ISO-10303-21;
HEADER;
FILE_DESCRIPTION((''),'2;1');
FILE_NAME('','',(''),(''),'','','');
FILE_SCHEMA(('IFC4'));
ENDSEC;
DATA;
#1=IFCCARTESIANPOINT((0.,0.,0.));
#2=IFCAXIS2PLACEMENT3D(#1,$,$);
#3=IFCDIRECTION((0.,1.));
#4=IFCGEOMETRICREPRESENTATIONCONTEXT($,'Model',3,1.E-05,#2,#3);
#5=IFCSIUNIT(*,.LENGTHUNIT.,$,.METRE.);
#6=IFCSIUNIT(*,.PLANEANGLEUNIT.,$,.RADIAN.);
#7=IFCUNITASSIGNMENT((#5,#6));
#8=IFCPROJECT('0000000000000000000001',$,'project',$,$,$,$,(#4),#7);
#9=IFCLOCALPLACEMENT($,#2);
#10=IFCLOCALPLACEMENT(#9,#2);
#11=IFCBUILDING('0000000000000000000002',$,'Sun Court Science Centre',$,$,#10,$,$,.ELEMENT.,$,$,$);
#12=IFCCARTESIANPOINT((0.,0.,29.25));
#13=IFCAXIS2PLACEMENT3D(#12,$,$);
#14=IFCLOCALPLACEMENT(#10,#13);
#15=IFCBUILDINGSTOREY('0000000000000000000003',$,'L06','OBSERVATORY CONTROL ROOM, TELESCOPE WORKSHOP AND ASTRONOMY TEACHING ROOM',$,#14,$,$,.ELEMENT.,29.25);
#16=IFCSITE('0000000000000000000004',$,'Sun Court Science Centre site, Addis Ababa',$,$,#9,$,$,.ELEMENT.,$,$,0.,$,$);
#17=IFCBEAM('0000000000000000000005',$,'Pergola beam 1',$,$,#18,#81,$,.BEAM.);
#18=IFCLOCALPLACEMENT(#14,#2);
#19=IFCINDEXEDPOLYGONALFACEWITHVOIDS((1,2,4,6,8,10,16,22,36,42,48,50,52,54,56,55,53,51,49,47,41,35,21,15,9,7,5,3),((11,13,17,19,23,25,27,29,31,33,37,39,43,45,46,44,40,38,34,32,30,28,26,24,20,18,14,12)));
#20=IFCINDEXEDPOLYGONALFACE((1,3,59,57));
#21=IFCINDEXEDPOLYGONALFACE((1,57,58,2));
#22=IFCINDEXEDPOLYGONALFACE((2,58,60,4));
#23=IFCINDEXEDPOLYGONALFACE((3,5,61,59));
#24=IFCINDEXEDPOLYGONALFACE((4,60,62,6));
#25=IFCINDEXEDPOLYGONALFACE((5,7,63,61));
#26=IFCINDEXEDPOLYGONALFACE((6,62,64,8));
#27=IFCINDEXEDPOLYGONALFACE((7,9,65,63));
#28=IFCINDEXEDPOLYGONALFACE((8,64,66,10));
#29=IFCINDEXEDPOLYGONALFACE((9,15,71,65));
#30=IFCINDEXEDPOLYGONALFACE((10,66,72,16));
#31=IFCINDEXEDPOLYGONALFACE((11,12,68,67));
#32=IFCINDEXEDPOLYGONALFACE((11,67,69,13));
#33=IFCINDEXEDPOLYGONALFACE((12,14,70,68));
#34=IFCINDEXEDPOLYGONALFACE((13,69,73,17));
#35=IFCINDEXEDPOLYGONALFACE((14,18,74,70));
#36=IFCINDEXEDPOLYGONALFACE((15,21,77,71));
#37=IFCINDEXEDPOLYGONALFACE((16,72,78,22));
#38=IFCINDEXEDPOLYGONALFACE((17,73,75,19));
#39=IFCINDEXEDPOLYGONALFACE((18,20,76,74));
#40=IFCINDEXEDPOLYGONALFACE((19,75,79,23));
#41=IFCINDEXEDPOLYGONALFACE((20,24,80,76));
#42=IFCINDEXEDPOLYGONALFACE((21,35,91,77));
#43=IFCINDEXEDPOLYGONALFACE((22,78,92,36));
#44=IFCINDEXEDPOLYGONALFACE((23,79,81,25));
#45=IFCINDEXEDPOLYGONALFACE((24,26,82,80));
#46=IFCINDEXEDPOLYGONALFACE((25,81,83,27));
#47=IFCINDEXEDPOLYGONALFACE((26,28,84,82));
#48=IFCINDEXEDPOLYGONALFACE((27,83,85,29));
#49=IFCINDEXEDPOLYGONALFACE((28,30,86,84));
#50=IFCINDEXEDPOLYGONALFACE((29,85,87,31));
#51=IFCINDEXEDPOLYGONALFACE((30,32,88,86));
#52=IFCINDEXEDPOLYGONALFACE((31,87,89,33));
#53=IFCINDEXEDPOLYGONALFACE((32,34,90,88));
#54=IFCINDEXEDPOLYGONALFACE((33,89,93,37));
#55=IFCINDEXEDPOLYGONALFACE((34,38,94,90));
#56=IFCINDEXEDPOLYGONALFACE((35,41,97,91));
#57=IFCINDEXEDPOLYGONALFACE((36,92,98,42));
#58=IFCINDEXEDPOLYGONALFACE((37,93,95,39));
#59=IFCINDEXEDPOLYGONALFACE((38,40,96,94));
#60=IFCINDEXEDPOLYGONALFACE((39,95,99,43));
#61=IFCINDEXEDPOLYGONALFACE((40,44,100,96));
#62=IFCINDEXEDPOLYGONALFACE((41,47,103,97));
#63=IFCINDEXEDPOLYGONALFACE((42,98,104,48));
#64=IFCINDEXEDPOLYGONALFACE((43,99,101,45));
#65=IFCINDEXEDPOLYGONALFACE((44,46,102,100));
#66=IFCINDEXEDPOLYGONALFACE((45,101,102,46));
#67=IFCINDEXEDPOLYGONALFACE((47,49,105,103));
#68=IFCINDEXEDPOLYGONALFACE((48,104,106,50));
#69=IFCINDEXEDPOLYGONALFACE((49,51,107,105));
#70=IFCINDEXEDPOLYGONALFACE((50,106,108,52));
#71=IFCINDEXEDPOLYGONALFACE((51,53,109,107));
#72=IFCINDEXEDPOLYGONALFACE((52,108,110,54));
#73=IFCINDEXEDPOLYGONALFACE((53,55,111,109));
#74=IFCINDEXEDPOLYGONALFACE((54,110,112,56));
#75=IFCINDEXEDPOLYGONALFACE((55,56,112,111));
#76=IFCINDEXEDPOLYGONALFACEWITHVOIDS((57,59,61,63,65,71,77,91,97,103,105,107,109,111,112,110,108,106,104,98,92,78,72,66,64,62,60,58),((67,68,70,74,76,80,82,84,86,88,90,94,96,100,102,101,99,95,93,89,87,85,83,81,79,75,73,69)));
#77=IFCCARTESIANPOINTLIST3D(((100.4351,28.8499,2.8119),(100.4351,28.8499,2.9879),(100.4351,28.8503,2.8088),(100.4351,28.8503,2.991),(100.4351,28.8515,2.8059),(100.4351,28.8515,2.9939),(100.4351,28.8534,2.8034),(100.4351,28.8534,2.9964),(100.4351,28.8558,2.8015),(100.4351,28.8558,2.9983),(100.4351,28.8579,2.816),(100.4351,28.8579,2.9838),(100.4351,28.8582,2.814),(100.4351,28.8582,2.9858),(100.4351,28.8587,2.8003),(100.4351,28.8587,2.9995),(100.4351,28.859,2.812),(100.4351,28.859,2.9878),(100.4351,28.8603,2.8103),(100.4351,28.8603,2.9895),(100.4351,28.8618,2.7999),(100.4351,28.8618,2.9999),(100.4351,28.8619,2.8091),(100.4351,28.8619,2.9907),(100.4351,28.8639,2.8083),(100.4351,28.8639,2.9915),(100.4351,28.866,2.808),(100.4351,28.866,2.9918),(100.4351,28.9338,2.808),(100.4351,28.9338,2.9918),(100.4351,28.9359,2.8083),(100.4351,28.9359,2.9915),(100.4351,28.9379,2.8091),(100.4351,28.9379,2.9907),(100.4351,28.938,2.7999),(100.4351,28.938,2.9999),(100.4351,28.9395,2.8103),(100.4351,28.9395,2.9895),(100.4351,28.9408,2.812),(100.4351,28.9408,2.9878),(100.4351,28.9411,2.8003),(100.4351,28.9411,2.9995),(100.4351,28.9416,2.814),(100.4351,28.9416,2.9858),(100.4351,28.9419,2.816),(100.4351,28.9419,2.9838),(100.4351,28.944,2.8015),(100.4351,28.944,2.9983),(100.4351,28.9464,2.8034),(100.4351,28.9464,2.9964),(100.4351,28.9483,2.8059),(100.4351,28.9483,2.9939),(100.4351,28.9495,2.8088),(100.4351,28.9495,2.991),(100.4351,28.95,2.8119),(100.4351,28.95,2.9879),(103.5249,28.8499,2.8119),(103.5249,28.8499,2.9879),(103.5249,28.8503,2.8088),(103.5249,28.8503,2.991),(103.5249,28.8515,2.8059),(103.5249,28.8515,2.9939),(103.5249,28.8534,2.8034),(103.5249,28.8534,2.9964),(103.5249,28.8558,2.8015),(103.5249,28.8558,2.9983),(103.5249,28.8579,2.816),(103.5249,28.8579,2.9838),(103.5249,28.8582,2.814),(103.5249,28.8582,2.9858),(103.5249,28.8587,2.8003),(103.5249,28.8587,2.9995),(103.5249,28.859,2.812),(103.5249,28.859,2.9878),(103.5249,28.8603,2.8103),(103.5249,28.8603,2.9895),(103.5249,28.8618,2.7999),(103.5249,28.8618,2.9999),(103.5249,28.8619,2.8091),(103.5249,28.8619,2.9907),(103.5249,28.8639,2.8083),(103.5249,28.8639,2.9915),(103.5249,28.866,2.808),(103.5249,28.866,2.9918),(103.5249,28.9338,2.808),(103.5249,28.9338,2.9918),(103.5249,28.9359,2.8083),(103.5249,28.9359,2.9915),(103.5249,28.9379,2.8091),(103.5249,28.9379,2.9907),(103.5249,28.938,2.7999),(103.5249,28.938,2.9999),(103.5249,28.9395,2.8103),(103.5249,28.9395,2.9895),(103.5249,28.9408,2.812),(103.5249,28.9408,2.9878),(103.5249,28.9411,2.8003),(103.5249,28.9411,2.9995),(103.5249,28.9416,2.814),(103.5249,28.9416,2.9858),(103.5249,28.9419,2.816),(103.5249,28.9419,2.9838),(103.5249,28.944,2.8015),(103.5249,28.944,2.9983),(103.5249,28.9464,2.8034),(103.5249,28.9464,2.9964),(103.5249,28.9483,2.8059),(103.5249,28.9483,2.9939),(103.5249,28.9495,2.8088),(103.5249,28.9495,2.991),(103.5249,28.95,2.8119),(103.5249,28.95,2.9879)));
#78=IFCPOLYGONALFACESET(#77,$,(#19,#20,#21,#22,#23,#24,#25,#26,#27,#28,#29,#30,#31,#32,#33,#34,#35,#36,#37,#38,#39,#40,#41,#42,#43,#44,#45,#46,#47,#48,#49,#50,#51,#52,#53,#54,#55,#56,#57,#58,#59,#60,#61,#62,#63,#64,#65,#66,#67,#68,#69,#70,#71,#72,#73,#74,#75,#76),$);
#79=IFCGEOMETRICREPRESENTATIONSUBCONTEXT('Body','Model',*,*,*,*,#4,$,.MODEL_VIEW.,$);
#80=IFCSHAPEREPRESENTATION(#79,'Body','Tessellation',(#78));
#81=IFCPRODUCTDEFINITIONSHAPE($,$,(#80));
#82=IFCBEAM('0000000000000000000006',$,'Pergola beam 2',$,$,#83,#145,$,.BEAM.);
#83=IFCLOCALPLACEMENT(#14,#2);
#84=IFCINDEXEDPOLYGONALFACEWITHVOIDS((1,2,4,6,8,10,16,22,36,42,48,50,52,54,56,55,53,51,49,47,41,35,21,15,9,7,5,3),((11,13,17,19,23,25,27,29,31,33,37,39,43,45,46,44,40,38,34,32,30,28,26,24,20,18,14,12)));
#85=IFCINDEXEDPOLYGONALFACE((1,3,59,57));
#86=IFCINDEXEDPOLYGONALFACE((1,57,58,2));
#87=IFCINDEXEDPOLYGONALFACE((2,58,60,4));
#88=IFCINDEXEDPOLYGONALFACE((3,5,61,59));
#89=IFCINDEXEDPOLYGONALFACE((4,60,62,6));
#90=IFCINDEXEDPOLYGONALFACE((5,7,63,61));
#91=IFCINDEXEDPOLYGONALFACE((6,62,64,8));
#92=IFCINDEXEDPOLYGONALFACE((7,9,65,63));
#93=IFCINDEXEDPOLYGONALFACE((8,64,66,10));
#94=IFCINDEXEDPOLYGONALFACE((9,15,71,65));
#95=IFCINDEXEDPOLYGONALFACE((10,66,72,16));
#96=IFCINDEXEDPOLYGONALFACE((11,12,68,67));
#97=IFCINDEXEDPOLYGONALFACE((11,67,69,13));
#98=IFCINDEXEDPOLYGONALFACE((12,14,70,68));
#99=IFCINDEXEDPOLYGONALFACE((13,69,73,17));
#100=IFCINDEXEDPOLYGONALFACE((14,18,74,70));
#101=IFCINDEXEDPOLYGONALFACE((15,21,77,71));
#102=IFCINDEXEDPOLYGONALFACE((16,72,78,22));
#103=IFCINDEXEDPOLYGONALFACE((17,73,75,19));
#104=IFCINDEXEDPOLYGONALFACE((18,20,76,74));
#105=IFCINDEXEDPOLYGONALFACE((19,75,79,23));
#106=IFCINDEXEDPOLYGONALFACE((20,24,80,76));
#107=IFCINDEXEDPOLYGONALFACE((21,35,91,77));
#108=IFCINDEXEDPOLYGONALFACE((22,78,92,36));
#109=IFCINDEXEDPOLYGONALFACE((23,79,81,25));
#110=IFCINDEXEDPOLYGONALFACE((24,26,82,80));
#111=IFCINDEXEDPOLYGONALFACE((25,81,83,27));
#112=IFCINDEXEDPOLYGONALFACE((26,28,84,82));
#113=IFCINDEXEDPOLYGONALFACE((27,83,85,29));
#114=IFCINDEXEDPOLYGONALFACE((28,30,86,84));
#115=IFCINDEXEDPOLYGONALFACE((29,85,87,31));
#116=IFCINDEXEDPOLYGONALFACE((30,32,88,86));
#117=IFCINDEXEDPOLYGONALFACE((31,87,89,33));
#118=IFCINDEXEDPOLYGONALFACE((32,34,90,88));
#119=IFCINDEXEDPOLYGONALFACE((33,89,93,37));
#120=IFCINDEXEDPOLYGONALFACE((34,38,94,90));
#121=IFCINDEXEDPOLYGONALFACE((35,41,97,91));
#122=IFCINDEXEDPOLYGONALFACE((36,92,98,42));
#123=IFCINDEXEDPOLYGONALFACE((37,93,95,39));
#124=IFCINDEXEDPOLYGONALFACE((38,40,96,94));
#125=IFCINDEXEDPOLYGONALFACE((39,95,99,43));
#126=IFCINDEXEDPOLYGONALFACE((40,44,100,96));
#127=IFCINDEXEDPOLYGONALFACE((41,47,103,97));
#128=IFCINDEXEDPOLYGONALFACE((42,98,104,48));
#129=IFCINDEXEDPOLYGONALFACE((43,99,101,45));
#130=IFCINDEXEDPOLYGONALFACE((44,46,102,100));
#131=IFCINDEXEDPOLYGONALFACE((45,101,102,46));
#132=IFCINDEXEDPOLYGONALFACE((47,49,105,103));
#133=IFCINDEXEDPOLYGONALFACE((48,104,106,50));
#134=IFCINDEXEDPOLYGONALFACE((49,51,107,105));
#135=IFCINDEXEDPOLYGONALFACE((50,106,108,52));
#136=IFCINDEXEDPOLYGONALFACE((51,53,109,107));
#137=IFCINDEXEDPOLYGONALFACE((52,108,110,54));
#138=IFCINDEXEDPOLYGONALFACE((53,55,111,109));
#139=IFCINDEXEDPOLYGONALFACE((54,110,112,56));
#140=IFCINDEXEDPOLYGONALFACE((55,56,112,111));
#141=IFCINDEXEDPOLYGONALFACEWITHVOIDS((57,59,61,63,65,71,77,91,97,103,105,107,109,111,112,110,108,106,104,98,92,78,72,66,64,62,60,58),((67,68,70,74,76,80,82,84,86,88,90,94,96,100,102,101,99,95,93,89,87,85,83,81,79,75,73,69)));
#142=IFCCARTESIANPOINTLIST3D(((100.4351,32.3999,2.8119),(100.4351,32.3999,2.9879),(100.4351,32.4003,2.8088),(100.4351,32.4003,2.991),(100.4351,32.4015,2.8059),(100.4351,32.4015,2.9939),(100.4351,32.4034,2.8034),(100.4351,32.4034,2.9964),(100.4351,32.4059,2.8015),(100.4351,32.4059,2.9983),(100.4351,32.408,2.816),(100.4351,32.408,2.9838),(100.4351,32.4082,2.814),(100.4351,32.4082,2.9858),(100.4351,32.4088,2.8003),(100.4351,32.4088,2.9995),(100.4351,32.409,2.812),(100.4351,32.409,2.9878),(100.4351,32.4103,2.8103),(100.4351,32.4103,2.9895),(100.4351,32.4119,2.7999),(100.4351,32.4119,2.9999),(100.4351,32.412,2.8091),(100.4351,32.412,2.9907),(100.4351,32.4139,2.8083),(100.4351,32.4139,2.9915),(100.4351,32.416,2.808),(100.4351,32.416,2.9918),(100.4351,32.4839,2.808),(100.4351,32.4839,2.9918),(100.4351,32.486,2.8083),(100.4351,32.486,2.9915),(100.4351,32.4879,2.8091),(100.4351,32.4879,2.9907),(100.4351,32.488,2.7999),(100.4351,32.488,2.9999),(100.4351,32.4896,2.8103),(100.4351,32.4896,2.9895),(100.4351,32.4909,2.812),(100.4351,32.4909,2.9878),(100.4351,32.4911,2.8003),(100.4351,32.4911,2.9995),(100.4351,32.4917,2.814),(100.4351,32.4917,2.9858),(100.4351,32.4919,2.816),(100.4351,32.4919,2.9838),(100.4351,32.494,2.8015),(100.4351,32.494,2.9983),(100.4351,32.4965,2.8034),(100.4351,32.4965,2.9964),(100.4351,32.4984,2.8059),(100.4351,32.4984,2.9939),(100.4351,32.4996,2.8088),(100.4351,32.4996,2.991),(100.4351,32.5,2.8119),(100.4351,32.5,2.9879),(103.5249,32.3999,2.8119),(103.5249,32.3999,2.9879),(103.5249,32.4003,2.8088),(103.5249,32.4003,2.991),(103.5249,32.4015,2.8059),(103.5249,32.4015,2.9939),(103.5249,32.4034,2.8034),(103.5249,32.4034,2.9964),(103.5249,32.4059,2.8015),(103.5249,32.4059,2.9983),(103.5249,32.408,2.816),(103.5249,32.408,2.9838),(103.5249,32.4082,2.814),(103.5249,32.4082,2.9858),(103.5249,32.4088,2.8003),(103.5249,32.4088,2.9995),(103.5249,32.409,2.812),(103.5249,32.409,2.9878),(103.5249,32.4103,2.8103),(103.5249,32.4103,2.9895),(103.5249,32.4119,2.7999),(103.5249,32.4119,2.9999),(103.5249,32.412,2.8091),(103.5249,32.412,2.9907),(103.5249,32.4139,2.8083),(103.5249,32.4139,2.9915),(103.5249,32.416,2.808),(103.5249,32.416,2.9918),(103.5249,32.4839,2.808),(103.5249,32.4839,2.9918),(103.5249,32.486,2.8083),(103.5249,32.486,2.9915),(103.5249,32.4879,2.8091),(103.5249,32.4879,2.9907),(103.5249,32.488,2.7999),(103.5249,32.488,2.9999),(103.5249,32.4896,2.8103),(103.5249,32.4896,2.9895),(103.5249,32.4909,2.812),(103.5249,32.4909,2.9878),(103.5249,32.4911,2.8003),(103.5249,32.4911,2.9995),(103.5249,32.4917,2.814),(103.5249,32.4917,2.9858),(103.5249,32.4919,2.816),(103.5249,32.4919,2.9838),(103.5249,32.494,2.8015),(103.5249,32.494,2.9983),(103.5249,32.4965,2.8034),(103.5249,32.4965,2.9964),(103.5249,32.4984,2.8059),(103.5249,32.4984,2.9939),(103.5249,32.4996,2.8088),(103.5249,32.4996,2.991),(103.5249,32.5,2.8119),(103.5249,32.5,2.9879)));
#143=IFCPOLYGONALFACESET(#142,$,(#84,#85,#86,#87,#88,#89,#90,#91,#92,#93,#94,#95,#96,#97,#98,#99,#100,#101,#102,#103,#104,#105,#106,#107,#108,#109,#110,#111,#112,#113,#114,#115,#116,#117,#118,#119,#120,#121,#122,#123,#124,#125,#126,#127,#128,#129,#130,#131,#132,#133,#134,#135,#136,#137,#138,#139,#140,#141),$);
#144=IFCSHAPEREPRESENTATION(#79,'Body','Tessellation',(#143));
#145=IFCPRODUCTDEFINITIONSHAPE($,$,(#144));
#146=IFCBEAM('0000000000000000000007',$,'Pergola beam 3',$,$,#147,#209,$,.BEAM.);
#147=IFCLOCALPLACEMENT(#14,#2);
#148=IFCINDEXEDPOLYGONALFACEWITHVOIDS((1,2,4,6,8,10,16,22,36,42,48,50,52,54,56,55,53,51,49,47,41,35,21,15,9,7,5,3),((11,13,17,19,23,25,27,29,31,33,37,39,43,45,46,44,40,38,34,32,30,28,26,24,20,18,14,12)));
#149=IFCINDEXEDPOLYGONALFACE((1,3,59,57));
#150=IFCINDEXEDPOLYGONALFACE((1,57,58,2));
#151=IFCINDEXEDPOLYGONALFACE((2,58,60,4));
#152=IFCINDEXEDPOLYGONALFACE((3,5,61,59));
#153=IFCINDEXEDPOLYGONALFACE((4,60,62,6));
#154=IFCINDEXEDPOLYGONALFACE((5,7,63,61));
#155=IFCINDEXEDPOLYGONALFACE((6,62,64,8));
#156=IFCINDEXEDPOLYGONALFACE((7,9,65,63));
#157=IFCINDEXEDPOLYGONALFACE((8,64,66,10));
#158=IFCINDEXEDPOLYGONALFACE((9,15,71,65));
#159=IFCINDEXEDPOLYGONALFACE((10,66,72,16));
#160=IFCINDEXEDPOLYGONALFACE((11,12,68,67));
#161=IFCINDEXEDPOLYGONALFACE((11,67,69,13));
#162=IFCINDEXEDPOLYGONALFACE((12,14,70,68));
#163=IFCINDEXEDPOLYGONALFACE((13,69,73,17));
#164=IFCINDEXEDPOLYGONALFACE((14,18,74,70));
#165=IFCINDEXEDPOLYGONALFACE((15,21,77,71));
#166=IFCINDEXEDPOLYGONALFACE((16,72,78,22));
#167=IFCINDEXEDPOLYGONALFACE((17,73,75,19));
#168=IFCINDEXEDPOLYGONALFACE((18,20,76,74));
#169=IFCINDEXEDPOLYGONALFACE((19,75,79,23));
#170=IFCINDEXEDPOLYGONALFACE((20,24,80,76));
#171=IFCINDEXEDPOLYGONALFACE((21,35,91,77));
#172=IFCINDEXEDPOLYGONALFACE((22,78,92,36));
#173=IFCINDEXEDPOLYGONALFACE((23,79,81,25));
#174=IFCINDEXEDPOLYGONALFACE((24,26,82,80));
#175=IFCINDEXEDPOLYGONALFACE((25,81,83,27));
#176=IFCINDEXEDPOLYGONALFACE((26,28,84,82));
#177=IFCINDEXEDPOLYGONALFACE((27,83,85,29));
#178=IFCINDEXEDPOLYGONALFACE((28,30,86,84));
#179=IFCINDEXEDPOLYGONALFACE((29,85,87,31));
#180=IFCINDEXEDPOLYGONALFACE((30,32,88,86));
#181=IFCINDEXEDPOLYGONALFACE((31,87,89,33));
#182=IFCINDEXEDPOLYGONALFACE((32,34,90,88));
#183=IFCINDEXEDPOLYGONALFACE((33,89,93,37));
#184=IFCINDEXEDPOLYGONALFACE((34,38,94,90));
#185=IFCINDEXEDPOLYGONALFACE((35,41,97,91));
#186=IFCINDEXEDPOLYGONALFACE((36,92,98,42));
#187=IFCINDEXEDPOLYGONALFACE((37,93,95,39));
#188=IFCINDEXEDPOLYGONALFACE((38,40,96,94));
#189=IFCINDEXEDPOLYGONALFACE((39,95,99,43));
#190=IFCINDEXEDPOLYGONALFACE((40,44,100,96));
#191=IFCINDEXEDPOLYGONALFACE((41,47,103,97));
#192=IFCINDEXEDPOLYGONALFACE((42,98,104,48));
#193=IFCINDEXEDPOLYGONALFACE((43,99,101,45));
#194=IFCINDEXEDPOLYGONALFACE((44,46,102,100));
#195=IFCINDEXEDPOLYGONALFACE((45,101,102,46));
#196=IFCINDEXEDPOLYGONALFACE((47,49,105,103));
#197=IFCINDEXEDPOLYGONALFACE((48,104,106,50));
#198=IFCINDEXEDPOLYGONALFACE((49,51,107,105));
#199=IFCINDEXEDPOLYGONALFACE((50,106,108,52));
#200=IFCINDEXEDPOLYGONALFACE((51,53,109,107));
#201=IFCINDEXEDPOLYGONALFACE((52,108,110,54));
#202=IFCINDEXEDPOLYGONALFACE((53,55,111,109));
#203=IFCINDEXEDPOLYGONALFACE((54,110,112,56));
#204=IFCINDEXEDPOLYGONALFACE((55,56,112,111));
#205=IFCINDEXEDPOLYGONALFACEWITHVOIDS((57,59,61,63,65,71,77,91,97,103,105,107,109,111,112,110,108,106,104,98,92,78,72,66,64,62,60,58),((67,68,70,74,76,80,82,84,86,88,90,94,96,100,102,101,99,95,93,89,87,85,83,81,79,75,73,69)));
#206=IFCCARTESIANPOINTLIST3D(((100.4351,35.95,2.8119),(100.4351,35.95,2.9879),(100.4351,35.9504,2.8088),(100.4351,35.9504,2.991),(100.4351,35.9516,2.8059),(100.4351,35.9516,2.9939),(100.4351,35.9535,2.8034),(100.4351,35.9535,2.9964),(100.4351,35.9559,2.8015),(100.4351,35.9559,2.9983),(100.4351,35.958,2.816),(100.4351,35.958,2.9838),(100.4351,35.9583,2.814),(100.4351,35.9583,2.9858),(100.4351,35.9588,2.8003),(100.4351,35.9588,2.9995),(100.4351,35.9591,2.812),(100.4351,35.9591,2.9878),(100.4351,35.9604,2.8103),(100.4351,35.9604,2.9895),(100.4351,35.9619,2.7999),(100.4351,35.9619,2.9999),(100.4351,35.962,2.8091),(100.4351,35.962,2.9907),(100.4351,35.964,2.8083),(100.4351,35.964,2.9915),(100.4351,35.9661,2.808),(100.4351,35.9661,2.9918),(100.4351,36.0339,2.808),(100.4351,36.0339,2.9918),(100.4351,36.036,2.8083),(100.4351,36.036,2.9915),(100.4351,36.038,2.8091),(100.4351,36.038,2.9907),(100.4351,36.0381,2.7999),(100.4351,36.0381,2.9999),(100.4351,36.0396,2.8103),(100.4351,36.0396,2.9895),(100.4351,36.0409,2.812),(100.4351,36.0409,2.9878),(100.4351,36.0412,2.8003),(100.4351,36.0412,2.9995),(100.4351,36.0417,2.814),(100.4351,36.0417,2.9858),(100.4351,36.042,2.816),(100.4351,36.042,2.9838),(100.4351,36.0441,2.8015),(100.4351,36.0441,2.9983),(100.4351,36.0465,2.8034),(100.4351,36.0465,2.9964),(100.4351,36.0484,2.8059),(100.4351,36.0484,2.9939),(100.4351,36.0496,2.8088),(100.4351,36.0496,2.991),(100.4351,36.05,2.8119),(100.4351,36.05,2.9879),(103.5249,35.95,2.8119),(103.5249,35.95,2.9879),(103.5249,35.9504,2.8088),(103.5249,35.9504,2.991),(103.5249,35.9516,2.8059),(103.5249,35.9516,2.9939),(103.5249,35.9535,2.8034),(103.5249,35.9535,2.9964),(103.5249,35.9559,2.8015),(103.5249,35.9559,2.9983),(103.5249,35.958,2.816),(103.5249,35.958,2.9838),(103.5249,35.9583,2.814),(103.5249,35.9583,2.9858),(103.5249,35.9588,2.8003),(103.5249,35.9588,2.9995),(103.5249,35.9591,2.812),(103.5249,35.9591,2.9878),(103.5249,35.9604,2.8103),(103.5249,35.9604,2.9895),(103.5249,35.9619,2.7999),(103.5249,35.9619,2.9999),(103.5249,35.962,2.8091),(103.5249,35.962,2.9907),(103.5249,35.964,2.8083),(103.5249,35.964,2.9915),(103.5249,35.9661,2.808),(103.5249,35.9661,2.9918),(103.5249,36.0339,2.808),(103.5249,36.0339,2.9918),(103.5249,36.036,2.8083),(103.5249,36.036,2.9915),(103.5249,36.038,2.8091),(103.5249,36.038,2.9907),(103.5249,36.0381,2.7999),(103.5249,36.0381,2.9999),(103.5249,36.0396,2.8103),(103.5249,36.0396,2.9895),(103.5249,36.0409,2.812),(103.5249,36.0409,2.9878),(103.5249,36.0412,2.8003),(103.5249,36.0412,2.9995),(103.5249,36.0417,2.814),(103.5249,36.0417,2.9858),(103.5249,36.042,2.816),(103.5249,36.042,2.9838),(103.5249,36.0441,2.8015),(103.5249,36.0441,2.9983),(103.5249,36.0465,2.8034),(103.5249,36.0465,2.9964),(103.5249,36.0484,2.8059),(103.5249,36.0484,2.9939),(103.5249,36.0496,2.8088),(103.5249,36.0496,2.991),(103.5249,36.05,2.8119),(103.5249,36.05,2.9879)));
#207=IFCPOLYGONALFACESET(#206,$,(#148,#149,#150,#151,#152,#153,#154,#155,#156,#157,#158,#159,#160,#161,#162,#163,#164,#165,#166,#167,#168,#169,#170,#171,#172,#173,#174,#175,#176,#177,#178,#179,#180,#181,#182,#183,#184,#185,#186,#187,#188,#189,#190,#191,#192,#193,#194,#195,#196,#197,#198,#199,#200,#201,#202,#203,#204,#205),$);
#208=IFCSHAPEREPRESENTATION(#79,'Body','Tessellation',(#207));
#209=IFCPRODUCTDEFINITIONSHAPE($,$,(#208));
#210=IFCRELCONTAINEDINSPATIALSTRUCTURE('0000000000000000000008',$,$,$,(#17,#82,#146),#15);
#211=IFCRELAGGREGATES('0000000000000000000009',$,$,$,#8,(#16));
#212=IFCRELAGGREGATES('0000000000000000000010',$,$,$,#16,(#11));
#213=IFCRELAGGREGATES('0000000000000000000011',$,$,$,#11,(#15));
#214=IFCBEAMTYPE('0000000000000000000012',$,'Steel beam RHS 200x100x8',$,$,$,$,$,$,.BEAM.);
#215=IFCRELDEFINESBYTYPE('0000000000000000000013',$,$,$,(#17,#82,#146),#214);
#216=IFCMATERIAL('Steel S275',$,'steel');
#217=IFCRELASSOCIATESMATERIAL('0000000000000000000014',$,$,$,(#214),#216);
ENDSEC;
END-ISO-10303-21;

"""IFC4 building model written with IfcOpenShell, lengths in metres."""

from ifc_helpers import new_model, si_unit, direction, frame, origin, origin_2d, place, context, subcontext, project, spatial, hollow_rectangle, extrude, material, material_profile, profile_set, type_object, element, save


model = new_model("IFC4")

# Units and contexts
model_context = context("Model", 3, precision=1e-05, world=origin(), true_north=direction((0.0, 1.0)))
body_context = subcontext(model_context, "Body", "Model", "MODEL_VIEW")
ifc_project = project(units=[si_unit("LENGTHUNIT", "METRE"), si_unit("PLANEANGLEUNIT", "RADIAN")], contexts=[model_context])

# Site, building, storey
site_placement = place(None, origin())
site = spatial("IfcSite", under=ifc_project, at=site_placement, Name="Sun Court Science Centre site, Addis Ababa", CompositionType="ELEMENT", RefElevation=0.0)
building_placement = place(site_placement, origin())
building = spatial("IfcBuilding", under=site, at=building_placement, Name="Sun Court Science Centre", CompositionType="ELEMENT")
storey_placement = place(building_placement, frame((0.0, 0.0, 29.25)))
storey = spatial("IfcBuildingStorey", under=building, at=storey_placement, Name="L06", Description="OBSERVATORY CONTROL ROOM, TELESCOPE WORKSHOP AND ASTRONOMY TEACHING ROOM", CompositionType="ELEMENT", Elevation=29.25)

# Beams
ifc_material_1 = material(Name="Steel S275", Category="steel")
ifc_material_profile_1 = material_profile(ifc_material_1, hollow_rectangle(XDim=0.1001, YDim=0.2, WallThickness=0.0081, InnerFilletRadius=0.0081, OuterFilletRadius=0.012, at=origin_2d()), Name="RHS 200x100x8")
ifc_profile_set_1 = profile_set([ifc_material_profile_1], Name="Steel S275")
beam_type_1 = type_object("IfcBeamType", Name="Steel beam RHS 200x100x8", PredefinedType="BEAM", material=ifc_profile_set_1)
for number, where, z_axis, x_axis, name in (
    (1, (100.4351, 28.8999, 2.8999), (1.0, 0.0, 0.0), (0.0, 1.0, 0.0), "Pergola beam 1"),
    (2, (100.4351, 32.45, 2.8999), (1.0, 0.0, 0.0), (0.0, 1.0, 0.0), "Pergola beam 2"),
    (3, (100.4351, 36.0, 2.8999), (1.0, 0.0, 0.0), (0.0, 1.0, 0.0), "Pergola beam 3"),
):
    element("IfcBeam", number, at=place(storey_placement, frame(where, z_axis=z_axis, x_axis=x_axis)), inside=storey, type_object=beam_type_1, Name=name, PredefinedType="BEAM", context=body_context, shape_type="SweptSolid", body=[
        extrude(hollow_rectangle(XDim=0.1001, YDim=0.2, WallThickness=0.0081, InnerFilletRadius=0.0081, OuterFilletRadius=0.012, at=origin_2d()), origin(), (0.0, 0.0, 1.0), 3.0898),
    ])

save(model, "model.ifc")
